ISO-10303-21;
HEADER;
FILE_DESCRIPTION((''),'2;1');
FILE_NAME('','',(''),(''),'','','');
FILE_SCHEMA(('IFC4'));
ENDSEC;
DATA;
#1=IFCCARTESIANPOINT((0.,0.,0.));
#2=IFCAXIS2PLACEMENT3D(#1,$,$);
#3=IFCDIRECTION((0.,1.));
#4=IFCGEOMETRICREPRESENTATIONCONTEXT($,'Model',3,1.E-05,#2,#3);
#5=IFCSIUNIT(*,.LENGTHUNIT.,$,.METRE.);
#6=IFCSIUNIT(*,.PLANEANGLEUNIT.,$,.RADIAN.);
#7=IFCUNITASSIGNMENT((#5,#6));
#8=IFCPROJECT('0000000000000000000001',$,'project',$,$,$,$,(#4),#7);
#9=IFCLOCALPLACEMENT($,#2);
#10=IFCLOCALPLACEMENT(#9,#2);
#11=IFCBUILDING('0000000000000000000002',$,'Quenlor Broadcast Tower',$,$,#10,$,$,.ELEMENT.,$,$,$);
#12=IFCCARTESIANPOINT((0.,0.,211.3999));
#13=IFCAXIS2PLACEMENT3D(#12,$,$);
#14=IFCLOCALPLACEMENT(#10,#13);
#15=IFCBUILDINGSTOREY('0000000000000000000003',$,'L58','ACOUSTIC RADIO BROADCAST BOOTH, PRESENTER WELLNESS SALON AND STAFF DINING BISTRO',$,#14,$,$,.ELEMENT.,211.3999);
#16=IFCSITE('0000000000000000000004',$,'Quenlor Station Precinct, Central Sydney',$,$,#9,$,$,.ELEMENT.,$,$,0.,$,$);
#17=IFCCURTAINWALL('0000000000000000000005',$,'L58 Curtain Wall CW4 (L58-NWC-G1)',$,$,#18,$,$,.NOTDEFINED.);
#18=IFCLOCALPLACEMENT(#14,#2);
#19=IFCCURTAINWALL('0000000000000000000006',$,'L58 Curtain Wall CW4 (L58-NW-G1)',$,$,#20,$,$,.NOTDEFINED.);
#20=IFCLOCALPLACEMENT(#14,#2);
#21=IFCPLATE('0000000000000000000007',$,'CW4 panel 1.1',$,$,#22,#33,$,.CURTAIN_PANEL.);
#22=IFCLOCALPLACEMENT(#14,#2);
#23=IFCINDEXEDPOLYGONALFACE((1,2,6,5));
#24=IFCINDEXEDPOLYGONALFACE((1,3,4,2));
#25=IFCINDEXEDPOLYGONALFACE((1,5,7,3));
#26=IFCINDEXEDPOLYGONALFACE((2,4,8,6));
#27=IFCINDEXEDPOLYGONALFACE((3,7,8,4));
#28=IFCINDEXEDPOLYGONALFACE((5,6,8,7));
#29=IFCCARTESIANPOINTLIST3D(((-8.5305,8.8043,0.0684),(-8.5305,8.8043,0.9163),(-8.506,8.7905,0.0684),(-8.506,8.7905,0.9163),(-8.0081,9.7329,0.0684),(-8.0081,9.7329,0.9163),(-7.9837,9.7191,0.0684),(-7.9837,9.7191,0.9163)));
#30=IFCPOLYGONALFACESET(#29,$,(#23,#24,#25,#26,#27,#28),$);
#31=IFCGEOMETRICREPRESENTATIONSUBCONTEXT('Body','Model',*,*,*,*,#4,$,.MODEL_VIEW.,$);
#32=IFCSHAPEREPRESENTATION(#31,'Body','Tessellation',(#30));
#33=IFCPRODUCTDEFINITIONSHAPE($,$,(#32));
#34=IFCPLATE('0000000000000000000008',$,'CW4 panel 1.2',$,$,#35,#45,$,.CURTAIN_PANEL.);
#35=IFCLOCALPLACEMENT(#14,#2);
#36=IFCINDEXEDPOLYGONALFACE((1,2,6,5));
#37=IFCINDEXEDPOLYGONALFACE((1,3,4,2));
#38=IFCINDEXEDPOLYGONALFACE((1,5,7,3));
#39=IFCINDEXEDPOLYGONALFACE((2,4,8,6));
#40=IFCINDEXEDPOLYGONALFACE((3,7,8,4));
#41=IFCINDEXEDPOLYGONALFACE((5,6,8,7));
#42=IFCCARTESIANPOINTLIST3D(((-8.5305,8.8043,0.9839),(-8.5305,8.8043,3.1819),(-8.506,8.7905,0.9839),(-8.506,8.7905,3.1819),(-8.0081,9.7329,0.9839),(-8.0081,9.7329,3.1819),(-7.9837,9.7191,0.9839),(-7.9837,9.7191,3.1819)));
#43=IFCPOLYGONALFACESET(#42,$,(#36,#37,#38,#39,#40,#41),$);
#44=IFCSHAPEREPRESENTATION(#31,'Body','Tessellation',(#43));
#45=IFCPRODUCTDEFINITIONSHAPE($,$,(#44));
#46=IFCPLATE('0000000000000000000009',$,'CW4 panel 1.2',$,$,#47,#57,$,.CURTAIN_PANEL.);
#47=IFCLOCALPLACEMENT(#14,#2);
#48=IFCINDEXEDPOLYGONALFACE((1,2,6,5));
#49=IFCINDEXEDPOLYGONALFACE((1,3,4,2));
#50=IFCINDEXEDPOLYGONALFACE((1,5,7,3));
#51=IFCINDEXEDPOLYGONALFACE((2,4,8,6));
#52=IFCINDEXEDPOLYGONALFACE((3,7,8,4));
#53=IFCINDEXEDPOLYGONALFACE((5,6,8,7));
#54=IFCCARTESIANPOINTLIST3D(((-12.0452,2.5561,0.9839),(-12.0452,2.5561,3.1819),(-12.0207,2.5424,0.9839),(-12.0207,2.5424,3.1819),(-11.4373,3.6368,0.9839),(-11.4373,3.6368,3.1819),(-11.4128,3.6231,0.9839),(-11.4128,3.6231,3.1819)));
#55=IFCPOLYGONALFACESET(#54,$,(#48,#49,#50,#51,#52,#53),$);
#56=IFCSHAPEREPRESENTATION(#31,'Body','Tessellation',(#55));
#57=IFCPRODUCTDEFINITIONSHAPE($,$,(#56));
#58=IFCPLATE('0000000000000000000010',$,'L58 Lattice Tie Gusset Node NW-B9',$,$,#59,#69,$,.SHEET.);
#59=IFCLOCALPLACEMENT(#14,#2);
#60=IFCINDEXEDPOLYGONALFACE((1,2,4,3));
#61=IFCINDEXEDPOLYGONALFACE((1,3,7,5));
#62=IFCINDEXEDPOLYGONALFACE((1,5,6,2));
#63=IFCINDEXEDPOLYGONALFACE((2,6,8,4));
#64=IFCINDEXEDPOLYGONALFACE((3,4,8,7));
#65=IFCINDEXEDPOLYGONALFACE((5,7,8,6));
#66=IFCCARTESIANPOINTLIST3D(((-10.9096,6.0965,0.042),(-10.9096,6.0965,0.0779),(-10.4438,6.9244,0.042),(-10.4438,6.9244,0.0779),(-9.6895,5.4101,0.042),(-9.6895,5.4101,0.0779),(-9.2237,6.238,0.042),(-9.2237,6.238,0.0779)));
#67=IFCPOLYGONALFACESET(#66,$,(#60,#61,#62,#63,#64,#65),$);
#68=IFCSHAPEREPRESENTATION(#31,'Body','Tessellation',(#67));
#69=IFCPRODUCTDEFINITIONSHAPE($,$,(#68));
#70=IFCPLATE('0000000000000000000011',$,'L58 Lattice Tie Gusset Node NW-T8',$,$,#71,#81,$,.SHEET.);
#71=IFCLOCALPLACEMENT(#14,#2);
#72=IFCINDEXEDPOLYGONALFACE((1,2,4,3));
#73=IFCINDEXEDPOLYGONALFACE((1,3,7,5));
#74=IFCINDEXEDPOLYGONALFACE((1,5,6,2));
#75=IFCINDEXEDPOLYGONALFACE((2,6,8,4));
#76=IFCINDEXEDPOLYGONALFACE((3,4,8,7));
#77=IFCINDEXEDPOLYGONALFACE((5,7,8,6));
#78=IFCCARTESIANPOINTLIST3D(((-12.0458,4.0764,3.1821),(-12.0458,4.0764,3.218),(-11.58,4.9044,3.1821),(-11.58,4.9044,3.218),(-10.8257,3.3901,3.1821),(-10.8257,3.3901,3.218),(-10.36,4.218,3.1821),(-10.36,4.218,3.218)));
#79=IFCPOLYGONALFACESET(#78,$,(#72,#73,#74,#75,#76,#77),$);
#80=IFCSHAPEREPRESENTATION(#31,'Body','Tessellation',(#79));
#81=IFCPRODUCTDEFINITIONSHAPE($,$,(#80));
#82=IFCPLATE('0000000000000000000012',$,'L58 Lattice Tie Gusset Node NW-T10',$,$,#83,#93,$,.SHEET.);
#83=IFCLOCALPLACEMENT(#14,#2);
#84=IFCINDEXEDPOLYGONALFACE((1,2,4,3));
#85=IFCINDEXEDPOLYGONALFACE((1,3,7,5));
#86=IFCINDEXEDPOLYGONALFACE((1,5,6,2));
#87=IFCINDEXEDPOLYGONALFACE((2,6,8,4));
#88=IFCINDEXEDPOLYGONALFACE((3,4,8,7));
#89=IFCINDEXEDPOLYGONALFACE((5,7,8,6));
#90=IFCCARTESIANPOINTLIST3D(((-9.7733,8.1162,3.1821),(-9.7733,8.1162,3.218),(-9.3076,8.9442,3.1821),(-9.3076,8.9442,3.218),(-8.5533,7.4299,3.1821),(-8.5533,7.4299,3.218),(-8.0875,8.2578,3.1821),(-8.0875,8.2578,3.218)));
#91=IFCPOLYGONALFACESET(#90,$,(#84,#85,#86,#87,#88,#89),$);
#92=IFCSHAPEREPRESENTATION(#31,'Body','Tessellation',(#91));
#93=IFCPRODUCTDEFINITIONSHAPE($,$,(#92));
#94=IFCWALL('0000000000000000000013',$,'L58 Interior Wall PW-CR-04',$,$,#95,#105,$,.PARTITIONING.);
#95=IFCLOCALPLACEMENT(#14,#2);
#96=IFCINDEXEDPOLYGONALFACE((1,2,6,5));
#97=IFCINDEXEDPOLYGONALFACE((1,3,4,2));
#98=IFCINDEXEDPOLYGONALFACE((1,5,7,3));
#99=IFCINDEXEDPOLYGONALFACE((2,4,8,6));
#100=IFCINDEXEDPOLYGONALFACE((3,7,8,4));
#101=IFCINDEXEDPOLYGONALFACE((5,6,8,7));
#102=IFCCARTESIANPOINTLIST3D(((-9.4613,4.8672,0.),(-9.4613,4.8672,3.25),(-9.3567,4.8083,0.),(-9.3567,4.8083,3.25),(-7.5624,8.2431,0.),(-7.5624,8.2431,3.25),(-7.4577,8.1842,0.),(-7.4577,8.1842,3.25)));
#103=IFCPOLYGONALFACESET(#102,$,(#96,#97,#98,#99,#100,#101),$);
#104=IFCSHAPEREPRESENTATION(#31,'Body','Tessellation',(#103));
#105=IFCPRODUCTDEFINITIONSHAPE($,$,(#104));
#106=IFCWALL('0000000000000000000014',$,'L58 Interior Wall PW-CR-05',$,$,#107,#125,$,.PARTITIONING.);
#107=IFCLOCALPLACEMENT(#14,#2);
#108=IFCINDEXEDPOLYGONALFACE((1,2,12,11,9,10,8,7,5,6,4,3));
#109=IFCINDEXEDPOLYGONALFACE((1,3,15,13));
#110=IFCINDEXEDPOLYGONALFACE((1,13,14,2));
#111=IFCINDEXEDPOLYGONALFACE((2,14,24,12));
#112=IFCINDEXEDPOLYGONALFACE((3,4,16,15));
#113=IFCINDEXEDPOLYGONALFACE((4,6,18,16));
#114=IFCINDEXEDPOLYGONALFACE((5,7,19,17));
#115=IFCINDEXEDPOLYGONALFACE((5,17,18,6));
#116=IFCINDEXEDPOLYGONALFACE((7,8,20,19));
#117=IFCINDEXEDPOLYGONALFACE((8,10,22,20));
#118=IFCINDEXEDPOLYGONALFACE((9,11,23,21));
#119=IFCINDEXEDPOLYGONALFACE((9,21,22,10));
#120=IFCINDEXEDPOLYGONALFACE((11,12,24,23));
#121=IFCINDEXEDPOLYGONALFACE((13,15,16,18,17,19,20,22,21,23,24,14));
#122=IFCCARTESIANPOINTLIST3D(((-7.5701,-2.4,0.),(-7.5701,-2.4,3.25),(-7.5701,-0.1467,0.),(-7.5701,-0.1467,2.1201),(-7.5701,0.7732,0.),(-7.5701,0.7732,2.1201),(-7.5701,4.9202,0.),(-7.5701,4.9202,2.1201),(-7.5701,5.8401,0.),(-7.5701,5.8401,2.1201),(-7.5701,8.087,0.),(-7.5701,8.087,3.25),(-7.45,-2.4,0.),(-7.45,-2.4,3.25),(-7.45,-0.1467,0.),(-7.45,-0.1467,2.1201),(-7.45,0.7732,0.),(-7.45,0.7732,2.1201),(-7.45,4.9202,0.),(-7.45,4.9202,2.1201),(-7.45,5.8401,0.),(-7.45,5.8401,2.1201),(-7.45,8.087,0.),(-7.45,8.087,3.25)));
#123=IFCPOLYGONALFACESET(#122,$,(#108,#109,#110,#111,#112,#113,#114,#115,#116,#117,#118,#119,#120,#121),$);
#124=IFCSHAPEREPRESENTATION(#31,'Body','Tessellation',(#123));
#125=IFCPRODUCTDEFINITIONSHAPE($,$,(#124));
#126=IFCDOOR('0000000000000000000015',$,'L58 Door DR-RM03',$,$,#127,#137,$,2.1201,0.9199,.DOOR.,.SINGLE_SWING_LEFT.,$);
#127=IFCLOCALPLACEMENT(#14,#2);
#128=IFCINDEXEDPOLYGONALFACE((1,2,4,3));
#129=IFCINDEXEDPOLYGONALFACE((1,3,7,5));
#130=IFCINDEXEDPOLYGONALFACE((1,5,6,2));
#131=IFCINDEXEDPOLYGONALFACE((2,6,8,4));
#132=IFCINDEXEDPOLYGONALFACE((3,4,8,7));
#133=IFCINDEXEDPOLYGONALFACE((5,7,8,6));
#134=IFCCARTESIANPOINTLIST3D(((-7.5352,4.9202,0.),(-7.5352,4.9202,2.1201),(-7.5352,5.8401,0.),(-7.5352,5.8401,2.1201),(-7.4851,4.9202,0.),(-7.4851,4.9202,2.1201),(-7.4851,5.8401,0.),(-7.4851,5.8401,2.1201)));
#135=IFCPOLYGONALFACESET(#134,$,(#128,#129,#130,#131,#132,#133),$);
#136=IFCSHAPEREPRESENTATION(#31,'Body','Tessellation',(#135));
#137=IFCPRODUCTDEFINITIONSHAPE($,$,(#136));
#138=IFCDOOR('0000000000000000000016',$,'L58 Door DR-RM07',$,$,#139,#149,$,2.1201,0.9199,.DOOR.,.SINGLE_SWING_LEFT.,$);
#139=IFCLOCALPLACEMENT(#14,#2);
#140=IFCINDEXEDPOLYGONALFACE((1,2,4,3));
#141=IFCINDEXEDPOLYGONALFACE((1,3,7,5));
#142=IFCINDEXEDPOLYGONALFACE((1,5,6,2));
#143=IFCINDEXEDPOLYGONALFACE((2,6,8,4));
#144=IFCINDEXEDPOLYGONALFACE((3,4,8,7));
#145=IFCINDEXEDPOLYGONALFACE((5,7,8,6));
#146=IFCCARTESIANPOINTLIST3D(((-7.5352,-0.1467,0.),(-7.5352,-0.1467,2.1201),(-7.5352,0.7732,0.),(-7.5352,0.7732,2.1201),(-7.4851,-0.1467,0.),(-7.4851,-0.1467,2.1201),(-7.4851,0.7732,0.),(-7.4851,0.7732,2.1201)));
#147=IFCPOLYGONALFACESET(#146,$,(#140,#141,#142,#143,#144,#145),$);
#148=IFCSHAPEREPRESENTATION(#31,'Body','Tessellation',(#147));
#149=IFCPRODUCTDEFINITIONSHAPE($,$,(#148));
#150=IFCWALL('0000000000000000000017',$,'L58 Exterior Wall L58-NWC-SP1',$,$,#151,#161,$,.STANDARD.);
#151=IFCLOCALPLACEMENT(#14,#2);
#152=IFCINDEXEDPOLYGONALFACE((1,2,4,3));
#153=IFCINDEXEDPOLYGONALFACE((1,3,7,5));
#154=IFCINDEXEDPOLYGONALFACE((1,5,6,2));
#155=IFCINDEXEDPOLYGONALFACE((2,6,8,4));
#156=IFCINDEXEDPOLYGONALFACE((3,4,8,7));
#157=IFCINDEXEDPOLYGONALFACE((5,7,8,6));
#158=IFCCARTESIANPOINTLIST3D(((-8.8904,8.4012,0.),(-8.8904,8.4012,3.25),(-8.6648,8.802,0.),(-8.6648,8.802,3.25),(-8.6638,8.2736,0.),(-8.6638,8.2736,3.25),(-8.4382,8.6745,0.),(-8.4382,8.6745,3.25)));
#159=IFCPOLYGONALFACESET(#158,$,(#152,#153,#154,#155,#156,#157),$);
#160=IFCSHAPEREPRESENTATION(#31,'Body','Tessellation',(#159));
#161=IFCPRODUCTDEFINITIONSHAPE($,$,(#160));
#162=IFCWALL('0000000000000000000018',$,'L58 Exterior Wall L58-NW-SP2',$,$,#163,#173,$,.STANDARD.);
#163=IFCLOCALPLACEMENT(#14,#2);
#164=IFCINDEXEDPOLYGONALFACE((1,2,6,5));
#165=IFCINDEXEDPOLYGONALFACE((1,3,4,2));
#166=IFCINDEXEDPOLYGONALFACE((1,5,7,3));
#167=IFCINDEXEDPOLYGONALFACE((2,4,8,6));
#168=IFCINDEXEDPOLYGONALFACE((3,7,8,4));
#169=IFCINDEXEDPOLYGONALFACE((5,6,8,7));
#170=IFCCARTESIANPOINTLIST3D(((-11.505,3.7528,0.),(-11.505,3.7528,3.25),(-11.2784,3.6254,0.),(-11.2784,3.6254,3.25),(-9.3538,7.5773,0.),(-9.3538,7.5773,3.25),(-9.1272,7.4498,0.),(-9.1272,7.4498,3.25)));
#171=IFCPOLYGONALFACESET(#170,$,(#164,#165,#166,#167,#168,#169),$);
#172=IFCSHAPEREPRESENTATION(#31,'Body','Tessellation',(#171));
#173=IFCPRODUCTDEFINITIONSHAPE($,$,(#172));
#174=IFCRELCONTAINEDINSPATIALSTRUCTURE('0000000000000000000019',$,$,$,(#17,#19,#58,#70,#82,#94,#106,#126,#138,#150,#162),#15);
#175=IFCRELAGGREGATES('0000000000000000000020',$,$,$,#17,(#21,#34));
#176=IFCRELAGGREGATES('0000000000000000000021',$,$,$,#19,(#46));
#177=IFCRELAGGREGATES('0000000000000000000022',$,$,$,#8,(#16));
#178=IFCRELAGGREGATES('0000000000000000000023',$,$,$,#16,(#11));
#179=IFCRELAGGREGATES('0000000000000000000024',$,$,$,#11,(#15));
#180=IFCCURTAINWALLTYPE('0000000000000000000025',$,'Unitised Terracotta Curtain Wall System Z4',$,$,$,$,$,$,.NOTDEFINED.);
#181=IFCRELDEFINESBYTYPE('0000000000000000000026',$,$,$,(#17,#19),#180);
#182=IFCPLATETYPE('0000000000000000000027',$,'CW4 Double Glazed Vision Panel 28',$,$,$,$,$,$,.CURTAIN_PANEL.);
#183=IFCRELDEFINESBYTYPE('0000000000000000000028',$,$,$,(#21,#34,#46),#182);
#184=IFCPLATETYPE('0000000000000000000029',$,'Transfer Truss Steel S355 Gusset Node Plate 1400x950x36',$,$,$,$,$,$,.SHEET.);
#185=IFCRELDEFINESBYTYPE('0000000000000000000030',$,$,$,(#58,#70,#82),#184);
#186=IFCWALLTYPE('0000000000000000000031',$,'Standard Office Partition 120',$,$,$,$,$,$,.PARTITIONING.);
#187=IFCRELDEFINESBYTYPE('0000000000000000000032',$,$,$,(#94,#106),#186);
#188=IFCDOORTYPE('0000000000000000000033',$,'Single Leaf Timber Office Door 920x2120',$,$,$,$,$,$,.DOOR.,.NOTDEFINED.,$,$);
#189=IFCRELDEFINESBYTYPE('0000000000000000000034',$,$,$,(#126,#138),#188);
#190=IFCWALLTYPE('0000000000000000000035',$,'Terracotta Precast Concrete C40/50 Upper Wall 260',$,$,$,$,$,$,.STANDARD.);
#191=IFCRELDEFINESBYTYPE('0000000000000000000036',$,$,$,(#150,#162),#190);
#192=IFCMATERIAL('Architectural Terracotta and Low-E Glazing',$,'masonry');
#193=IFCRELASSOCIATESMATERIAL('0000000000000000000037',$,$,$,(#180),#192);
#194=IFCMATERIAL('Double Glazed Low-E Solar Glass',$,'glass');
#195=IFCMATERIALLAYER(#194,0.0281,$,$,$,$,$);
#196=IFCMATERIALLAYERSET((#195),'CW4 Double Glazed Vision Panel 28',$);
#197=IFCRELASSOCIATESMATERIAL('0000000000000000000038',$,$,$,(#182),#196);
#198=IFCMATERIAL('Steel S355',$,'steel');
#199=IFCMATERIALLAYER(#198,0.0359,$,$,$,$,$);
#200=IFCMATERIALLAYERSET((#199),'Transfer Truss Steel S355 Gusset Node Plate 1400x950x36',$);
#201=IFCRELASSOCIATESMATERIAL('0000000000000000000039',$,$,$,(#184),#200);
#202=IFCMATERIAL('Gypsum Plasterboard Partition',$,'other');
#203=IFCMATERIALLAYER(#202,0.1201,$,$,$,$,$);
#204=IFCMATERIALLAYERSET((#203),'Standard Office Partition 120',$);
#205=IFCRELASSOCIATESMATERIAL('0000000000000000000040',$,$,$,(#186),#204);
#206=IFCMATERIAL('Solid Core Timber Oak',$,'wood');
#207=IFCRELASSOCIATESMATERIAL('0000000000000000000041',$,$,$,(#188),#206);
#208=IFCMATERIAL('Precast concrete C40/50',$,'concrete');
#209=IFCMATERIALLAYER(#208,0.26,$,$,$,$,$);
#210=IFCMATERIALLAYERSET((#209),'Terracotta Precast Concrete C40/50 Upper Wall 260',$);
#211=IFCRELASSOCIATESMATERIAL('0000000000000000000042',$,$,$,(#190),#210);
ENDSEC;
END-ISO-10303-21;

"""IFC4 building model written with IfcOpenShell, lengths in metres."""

from ifc_helpers import new_model, si_unit, direction, frame, frame_2d, origin, origin_2d, place, context, subcontext, project, spatial, rectangle, extrude, material, layer, layer_set, type_object, element, fill, aggregate, save


model = new_model("IFC4")

# Units and contexts
model_context = context("Model", 3, precision=1e-05, world=origin(), true_north=direction((0.0, 1.0)))
body_context = subcontext(model_context, "Body", "Model", "MODEL_VIEW")
ifc_project = project(units=[si_unit("LENGTHUNIT", "METRE"), si_unit("PLANEANGLEUNIT", "RADIAN")], contexts=[model_context])

# Site, building, storey
site_placement = place(None, origin())
site = spatial("IfcSite", under=ifc_project, at=site_placement, Name="Quenlor Station Precinct, Central Sydney", CompositionType="ELEMENT", RefElevation=0.0)
building_placement = place(site_placement, origin())
building = spatial("IfcBuilding", under=site, at=building_placement, Name="Quenlor Broadcast Tower", CompositionType="ELEMENT")
storey_placement = place(building_placement, frame((0.0, 0.0, 211.3999)))
storey = spatial("IfcBuildingStorey", under=building, at=storey_placement, Name="L58", Description="ACOUSTIC RADIO BROADCAST BOOTH, PRESENTER WELLNESS SALON AND STAFF DINING BISTRO", CompositionType="ELEMENT", Elevation=211.3999)

# Curtain wall
ifc_material_1 = material(Name="Architectural Terracotta and Low-E Glazing", Category="masonry")
curtain_wall_type = type_object("IfcCurtainWallType", Name="Unitised Terracotta Curtain Wall System Z4", PredefinedType="NOTDEFINED", material=ifc_material_1)
curtain_wall_1_placement = place(storey_placement, origin())
curtain_wall_1 = element("IfcCurtainWall", 1, at=curtain_wall_1_placement, inside=storey, type_object=curtain_wall_type, Name="L58 Curtain Wall CW4 (L58-NWC-G1)", PredefinedType="NOTDEFINED")

# Curtain wall
curtain_wall_2_placement = place(storey_placement, origin())
curtain_wall_2 = element("IfcCurtainWall", 2, at=curtain_wall_2_placement, inside=storey, type_object=curtain_wall_type, Name="L58 Curtain Wall CW4 (L58-NW-G1)", PredefinedType="NOTDEFINED")

# Plates
ifc_material_2 = material(Name="Double Glazed Low-E Solar Glass", Category="glass")
ifc_layer_1 = layer(ifc_material_2, 0.0281)
ifc_layer_set_1 = layer_set([ifc_layer_1], Name="CW4 Double Glazed Vision Panel 28")
plate_type_1 = type_object("IfcPlateType", Name="CW4 Double Glazed Vision Panel 28", PredefinedType="CURTAIN_PANEL", material=ifc_layer_set_1)
plate_1_placement = place(storey_placement, frame((-8.2571, 9.2617, 0.0684), z_axis=(0.0, 0.0, 1.0), x_axis=(0.490293, 0.871558, 0.0)))
plate_1 = element("IfcPlate", 3, at=plate_1_placement, type_object=plate_type_1, Name="CW4 panel 1.1", PredefinedType="CURTAIN_PANEL", context=body_context, shape_type="SweptSolid", body=[
    extrude(rectangle(XDim=1.0654, YDim=0.0281, at=origin_2d()), origin(), (0.0, 0.0, 1.0), 0.8479),
])
plate_2_placement = place(storey_placement, frame((-8.2571, 9.2617, 0.9839), z_axis=(0.0, 0.0, 1.0), x_axis=(0.490293, 0.871558, 0.0)))
plate_2 = element("IfcPlate", 4, at=plate_2_placement, type_object=plate_type_1, Name="CW4 panel 1.2", PredefinedType="CURTAIN_PANEL", context=body_context, shape_type="SweptSolid", body=[
    extrude(rectangle(XDim=1.0654, YDim=0.0281, at=origin_2d()), origin(), (0.0, 0.0, 1.0), 2.198),
])
aggregate(curtain_wall_1, [plate_1, plate_2])
plate_3_placement = place(storey_placement, frame((-11.729, 3.0896, 0.9839), z_axis=(0.0, 0.0, 1.0), x_axis=(0.490289, 0.87156, 0.0)))
plate_3 = element("IfcPlate", 5, at=plate_3_placement, type_object=plate_type_1, Name="CW4 panel 1.2", PredefinedType="CURTAIN_PANEL", context=body_context, shape_type="SweptSolid", body=[
    extrude(rectangle(XDim=1.24, YDim=0.0281, at=origin_2d()), origin(), (0.0, 0.0, 1.0), 2.198),
])
aggregate(curtain_wall_2, [plate_3])

# Plates
ifc_material_3 = material(Name="Steel S355", Category="steel")
ifc_layer_2 = layer(ifc_material_3, 0.0359)
ifc_layer_set_2 = layer_set([ifc_layer_2], Name="Transfer Truss Steel S355 Gusset Node Plate 1400x950x36")
plate_type_2 = type_object("IfcPlateType", Name="Transfer Truss Steel S355 Gusset Node Plate 1400x950x36", PredefinedType="SHEET", material=ifc_layer_set_2)
for number, where, z_axis, x_axis, name in (
    (6, (-10.0667, 6.1672, 0.042), (0.0, 0.0, 1.0), (-0.871556, 0.490295, 0.0), "L58 Lattice Tie Gusset Node NW-B9"),
    (7, (-11.2029, 4.1472, 3.1821), (0.0, 0.0, 1.0), (-0.871556, 0.490295, 0.0), "L58 Lattice Tie Gusset Node NW-T8"),
    (8, (-8.9304, 8.187, 3.1821), (0.0, 0.0, 1.0), (-0.871556, 0.490295, 0.0), "L58 Lattice Tie Gusset Node NW-T10"),
):
    element("IfcPlate", number, at=place(storey_placement, frame(where, z_axis=z_axis, x_axis=x_axis)), inside=storey, type_object=plate_type_2, Name=name, PredefinedType="SHEET", context=body_context, shape_type="SweptSolid", body=[
        extrude(rectangle(XDim=1.3999, YDim=0.95, at=origin_2d()), origin(), (0.0, 0.0, 1.0), 0.0359),
    ])

# Wall
ifc_material_4 = material(Name="Gypsum Plasterboard Partition", Category="other")
ifc_layer_3 = layer(ifc_material_4, 0.1201)
ifc_layer_set_3 = layer_set([ifc_layer_3], Name="Standard Office Partition 120")
wall_type_1 = type_object("IfcWallType", Name="Standard Office Partition 120", PredefinedType="PARTITIONING", material=ifc_layer_set_3)
wall_1_placement = place(storey_placement, frame((-9.4089, 4.8379, 0.0), z_axis=(0.0, 0.0, 1.0), x_axis=(0.490276, 0.871567, 0.0)))
element("IfcWall", 9, at=wall_1_placement, inside=storey, type_object=wall_type_1, Name="L58 Interior Wall PW-CR-04", PredefinedType="PARTITIONING", context=body_context, shape_type="SweptSolid", body=[
    extrude(rectangle(XDim=3.8733, YDim=0.1201, at=frame_2d((1.9365, 0.0))), origin(), (0.0, 0.0, 1.0), 3.25),
])

# Wall, openings, doors
wall_2_placement = place(storey_placement, frame((-7.51, 8.0872, 0.0), z_axis=(0.0, 0.0, 1.0), x_axis=(0.0, -1.0, 0.0)))
wall_2 = element("IfcWall", 10, at=wall_2_placement, inside=storey, type_object=wall_type_1, Name="L58 Interior Wall PW-CR-05", PredefinedType="PARTITIONING", context=body_context, shape_type="SweptSolid", body=[
    extrude(rectangle(XDim=10.4871, YDim=0.1201, at=frame_2d((5.2437, 0.0))), origin(), (0.0, 0.0, 1.0), 3.25),
])
opening_1_placement = place(wall_2_placement, frame((2.2471, 0.0, 0.0)))
opening_1 = element("IfcOpeningElement", 11, at=opening_1_placement, cuts=wall_2, PredefinedType="OPENING", context=body_context, shape_type="SweptSolid", body=[
    extrude(rectangle(XDim=0.9199, YDim=2.1201, at=frame_2d((0.46, 1.0601))), frame((0.0, 0.0701, 0.0), z_axis=(0.0, -1.0, 0.0), x_axis=(1.0, 0.0, 0.0)), (0.0, 0.0, 1.0), 0.1401),
])
opening_2_placement = place(wall_2_placement, frame((7.314, 0.0, 0.0)))
opening_2 = element("IfcOpeningElement", 12, at=opening_2_placement, cuts=wall_2, PredefinedType="OPENING", context=body_context, shape_type="SweptSolid", body=[
    extrude(rectangle(XDim=0.9199, YDim=2.1201, at=frame_2d((0.46, 1.0601))), frame((0.0, 0.0701, 0.0), z_axis=(0.0, -1.0, 0.0), x_axis=(1.0, 0.0, 0.0)), (0.0, 0.0, 1.0), 0.1401),
])
ifc_material_5 = material(Name="Solid Core Timber Oak", Category="wood")
door_type = type_object("IfcDoorType", Name="Single Leaf Timber Office Door 920x2120", OperationType="NOTDEFINED", PredefinedType="DOOR", material=ifc_material_5)
door_1_placement = place(opening_1_placement, origin())
door_1 = element("IfcDoor", 13, at=door_1_placement, inside=storey, type_object=door_type, Name="L58 Door DR-RM03", OperationType="SINGLE_SWING_LEFT", OverallHeight=2.1201, OverallWidth=0.9199, PredefinedType="DOOR", context=body_context, shape_type="SweptSolid", body=[
    extrude(rectangle(XDim=0.9199, YDim=2.1201, at=frame_2d((0.46, 1.0601))), frame((0.0, 0.0249, 0.0), z_axis=(0.0, -1.0, 0.0), x_axis=(1.0, 0.0, 0.0)), (0.0, 0.0, 1.0), 0.05),
])
fill(opening_1, door_1)
door_2_placement = place(opening_2_placement, origin())
door_2 = element("IfcDoor", 14, at=door_2_placement, inside=storey, type_object=door_type, Name="L58 Door DR-RM07", OperationType="SINGLE_SWING_LEFT", OverallHeight=2.1201, OverallWidth=0.9199, PredefinedType="DOOR", context=body_context, shape_type="SweptSolid", body=[
    extrude(rectangle(XDim=0.9199, YDim=2.1201, at=frame_2d((0.46, 1.0601))), frame((0.0, 0.0249, 0.0), z_axis=(0.0, -1.0, 0.0), x_axis=(1.0, 0.0, 0.0)), (0.0, 0.0, 1.0), 0.05),
])
fill(opening_2, door_2)

# Walls
ifc_material_6 = material(Name="Precast concrete C40/50", Category="concrete")
ifc_layer_4 = layer(ifc_material_6, 0.26)
ifc_layer_set_4 = layer_set([ifc_layer_4], Name="Terracotta Precast Concrete C40/50 Upper Wall 260")
wall_type_2 = type_object("IfcWallType", Name="Terracotta Precast Concrete C40/50 Upper Wall 260", PredefinedType="STANDARD", material=ifc_layer_set_4)
wall_3_placement = place(storey_placement, frame((-8.7771, 8.3374, 0.0), z_axis=(0.0, 0.0, 1.0), x_axis=(0.490412, 0.87149, 0.0)))
element("IfcWall", 15, at=wall_3_placement, inside=storey, type_object=wall_type_2, Name="L58 Exterior Wall L58-NWC-SP1", PredefinedType="STANDARD", context=body_context, shape_type="SweptSolid", body=[
    extrude(rectangle(XDim=0.46, YDim=0.26, at=frame_2d((0.23, 0.0))), origin(), (0.0, 0.0, 1.0), 3.25),
])
wall_4_placement = place(storey_placement, frame((-11.3916, 3.6892, 0.0), z_axis=(0.0, 0.0, 1.0), x_axis=(0.490237, 0.871589, 0.0)))
element("IfcWall", 16, at=wall_4_placement, inside=storey, type_object=wall_type_2, Name="L58 Exterior Wall L58-NW-SP2", PredefinedType="STANDARD", context=body_context, shape_type="SweptSolid", body=[
    extrude(rectangle(XDim=4.3879, YDim=0.26, at=frame_2d((2.1938, 0.0))), origin(), (0.0, 0.0, 1.0), 3.25),
])

save(model, "model.ifc")
